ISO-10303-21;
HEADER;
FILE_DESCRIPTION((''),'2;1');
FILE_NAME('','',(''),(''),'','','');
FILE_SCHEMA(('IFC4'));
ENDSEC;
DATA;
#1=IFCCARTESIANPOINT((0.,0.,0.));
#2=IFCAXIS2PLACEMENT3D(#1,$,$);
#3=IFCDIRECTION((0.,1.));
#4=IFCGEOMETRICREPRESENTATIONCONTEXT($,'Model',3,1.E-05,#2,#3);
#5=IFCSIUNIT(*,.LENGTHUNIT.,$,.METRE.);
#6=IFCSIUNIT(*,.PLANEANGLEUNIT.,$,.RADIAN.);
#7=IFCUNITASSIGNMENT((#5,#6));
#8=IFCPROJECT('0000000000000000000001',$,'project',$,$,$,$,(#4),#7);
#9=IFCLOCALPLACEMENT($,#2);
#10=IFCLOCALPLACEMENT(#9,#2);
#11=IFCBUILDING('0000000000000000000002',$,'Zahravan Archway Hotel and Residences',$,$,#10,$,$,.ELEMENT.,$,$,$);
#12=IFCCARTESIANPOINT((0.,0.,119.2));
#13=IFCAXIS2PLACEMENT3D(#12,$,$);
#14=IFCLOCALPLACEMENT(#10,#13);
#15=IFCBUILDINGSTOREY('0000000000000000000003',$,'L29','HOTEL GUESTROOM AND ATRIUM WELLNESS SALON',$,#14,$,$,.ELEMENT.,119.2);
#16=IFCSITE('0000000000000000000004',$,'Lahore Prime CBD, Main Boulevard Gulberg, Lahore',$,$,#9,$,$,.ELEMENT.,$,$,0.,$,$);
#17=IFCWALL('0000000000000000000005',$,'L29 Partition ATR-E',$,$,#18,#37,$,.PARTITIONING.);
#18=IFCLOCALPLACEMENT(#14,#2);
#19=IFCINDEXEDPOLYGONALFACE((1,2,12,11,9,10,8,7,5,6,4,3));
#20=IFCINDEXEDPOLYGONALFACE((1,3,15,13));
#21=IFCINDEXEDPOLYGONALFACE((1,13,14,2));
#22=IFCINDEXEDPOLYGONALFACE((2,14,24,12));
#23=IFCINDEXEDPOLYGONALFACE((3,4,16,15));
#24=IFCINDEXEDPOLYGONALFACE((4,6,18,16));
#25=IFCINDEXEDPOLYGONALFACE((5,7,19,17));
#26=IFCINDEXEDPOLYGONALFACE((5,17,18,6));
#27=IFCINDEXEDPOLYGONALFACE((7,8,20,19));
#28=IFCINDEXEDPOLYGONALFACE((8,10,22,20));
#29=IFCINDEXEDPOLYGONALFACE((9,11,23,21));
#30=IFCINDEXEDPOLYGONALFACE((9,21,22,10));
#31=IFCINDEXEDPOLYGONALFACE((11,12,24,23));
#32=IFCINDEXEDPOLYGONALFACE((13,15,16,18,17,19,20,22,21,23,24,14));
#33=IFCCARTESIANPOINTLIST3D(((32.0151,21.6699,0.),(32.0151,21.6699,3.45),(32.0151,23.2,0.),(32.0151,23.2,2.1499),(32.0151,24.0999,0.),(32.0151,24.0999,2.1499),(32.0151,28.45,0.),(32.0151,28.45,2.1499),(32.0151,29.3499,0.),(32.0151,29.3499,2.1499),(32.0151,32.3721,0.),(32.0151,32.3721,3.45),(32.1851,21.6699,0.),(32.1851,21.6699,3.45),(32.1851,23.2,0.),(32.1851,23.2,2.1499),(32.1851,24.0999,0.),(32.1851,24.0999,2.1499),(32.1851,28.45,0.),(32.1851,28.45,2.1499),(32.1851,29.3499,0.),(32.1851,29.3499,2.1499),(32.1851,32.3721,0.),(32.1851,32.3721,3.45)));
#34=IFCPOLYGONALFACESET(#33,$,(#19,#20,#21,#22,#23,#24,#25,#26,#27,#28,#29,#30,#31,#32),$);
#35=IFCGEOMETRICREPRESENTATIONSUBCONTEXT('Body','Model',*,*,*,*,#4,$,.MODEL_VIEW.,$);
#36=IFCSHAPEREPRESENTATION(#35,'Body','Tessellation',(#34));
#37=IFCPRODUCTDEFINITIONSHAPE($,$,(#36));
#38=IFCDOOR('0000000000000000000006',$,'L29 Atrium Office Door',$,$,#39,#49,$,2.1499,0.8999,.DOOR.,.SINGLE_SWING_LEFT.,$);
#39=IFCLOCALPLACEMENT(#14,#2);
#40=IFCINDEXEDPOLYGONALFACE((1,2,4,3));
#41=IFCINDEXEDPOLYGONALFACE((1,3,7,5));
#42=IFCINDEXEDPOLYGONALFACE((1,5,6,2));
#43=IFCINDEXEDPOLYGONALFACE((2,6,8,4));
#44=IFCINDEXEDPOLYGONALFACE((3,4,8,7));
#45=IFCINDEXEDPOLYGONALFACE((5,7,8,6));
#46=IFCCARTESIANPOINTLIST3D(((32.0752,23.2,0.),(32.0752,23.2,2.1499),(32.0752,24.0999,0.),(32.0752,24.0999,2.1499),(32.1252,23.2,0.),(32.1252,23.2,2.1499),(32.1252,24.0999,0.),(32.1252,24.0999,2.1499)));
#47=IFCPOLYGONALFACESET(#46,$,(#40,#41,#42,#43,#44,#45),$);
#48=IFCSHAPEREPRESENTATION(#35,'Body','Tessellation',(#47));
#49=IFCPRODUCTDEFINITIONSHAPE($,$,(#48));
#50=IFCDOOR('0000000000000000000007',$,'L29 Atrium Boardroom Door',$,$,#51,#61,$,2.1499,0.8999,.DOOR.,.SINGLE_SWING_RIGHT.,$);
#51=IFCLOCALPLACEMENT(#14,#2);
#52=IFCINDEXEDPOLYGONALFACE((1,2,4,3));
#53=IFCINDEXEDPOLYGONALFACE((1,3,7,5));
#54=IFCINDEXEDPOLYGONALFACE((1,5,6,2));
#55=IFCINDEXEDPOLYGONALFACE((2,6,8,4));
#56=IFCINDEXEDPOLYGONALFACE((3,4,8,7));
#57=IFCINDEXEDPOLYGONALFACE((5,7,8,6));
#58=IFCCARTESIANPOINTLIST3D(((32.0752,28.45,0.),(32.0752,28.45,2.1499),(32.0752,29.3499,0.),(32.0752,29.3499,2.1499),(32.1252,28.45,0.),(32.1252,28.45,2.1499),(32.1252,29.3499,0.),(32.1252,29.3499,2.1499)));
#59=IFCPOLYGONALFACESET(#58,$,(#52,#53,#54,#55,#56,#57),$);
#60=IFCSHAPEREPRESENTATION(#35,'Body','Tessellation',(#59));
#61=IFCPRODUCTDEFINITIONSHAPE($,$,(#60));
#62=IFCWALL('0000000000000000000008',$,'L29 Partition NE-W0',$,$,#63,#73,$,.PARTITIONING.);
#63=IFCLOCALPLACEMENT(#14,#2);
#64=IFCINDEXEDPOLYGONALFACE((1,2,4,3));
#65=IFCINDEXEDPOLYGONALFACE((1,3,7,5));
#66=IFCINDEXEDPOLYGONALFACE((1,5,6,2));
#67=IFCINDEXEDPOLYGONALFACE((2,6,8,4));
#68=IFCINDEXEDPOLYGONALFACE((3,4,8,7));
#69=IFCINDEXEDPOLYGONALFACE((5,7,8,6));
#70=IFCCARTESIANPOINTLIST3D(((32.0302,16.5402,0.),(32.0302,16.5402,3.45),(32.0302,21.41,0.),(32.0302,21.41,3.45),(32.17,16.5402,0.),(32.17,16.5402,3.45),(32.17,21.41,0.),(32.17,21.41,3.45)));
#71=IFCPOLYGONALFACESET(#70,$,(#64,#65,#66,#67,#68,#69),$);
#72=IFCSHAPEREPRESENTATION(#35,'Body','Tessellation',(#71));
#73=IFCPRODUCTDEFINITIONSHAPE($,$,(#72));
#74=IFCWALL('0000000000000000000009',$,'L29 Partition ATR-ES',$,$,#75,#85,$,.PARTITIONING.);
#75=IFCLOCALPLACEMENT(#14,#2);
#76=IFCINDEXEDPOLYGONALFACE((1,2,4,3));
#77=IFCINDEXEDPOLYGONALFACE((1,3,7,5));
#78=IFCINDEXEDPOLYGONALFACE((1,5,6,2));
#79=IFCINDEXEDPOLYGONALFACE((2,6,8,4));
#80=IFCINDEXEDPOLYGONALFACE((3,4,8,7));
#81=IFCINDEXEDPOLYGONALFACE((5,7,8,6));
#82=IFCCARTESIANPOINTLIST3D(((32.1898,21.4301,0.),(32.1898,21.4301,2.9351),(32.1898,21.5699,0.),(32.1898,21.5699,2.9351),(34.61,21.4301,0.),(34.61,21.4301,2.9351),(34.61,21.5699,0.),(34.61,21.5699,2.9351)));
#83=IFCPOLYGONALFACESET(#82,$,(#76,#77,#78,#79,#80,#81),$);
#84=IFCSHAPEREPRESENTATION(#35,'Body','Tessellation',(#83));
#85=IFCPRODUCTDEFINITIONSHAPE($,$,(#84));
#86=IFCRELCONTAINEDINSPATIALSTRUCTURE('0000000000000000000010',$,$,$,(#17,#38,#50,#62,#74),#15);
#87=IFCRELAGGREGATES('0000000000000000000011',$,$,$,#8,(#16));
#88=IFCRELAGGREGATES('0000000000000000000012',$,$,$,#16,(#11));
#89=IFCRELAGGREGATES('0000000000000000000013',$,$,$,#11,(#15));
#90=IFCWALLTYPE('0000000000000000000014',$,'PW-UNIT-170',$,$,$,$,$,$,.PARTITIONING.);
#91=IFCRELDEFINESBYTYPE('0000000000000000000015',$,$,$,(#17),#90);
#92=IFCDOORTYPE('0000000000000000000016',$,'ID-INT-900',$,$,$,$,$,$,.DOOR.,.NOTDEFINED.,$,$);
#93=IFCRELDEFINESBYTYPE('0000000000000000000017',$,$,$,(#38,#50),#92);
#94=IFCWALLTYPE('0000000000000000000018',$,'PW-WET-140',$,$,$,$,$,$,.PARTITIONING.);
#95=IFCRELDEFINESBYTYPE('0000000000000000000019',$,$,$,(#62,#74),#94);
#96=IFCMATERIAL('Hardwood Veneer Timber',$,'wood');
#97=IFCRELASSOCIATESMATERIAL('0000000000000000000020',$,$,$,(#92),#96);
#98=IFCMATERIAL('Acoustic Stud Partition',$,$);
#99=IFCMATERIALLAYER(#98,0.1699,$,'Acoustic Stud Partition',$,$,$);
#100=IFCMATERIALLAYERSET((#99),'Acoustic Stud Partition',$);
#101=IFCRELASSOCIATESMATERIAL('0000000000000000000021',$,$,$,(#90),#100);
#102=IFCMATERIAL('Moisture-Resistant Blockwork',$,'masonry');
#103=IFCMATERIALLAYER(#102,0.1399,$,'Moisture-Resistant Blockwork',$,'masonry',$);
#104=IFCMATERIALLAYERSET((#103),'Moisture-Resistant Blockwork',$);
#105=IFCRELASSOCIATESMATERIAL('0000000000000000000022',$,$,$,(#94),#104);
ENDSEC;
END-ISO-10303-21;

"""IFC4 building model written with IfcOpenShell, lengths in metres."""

from ifc_helpers import new_model, si_unit, direction, frame, frame_2d, origin, place, context, subcontext, project, spatial, rectangle, extrude, source, transform, mapped, material, layer, layer_set, type_object, type_shapes, element, fill, save


model = new_model("IFC4")

# Units and contexts
model_context = context("Model", 3, precision=1e-05, world=origin(), true_north=direction((0.0, 1.0)))
body_context = subcontext(model_context, "Body", "Model", "MODEL_VIEW")
ifc_project = project(units=[si_unit("LENGTHUNIT", "METRE"), si_unit("PLANEANGLEUNIT", "RADIAN")], contexts=[model_context])

# Site, building, storey
site_placement = place(None, origin())
site = spatial("IfcSite", under=ifc_project, at=site_placement, Name="Lahore Prime CBD, Main Boulevard Gulberg, Lahore", CompositionType="ELEMENT", RefElevation=0.0)
building_placement = place(site_placement, origin())
building = spatial("IfcBuilding", under=site, at=building_placement, Name="Zahravan Archway Hotel and Residences", CompositionType="ELEMENT")
storey_placement = place(building_placement, frame((0.0, 0.0, 119.2)))
storey = spatial("IfcBuildingStorey", under=building, at=storey_placement, Name="L29", Description="HOTEL GUESTROOM AND ATRIUM WELLNESS SALON", CompositionType="ELEMENT", Elevation=119.2)

# Wall, openings, doors
ifc_material_1 = material(Name="Hardwood Veneer Timber", Category="wood")
door_type_1 = type_object("IfcDoorType", Name="ID-INT-900", OperationType="NOTDEFINED", PredefinedType="DOOR", material=ifc_material_1)
shared_shape_1 = source(origin(), body_context, "Body", "SweptSolid", [
    extrude(rectangle(XDim=0.8999, YDim=2.1499, at=frame_2d((0.45, 1.075))), frame((0.0, 0.0249, 0.0), z_axis=(0.0, -1.0, 0.0), x_axis=(1.0, 0.0, 0.0)), (0.0, 0.0, 1.0), 0.05),
])
type_shapes(door_type_1, [shared_shape_1])
ifc_material_2 = material(Name="Acoustic Stud Partition")
ifc_layer_1 = layer(ifc_material_2, 0.1699, Name="Acoustic Stud Partition")
ifc_layer_set_1 = layer_set([ifc_layer_1], Name="Acoustic Stud Partition")
wall_type_1 = type_object("IfcWallType", Name="PW-UNIT-170", PredefinedType="PARTITIONING", material=ifc_layer_set_1)
wall_1_placement = place(storey_placement, frame((32.1001, 21.6699, 0.0), z_axis=(0.0, 0.0, 1.0), x_axis=(0.0, 1.0, 0.0)))
wall_1 = element("IfcWall", 1, at=wall_1_placement, inside=storey, type_object=wall_type_1, Name="L29 Partition ATR-E", PredefinedType="PARTITIONING", context=body_context, shape_type="SweptSolid", body=[
    extrude(rectangle(XDim=10.7021, YDim=0.1699, at=frame_2d((5.3511, 0.0))), origin(), (0.0, 0.0, 1.0), 3.45),
])
opening_1_placement = place(wall_1_placement, frame((1.53, 0.0, 0.0)))
opening_1 = element("IfcOpeningElement", 2, at=opening_1_placement, cuts=wall_1, PredefinedType="OPENING", context=body_context, shape_type="SweptSolid", body=[
    extrude(rectangle(XDim=0.8999, YDim=2.1499, at=frame_2d((0.45, 1.075))), frame((0.0, 0.095, 0.0), z_axis=(0.0, -1.0, 0.0), x_axis=(1.0, 0.0, 0.0)), (0.0, 0.0, 1.0), 0.1899),
])
opening_2_placement = place(wall_1_placement, frame((6.78, 0.0, 0.0)))
opening_2 = element("IfcOpeningElement", 3, at=opening_2_placement, cuts=wall_1, PredefinedType="OPENING", context=body_context, shape_type="SweptSolid", body=[
    extrude(rectangle(XDim=0.8999, YDim=2.1499, at=frame_2d((0.45, 1.075))), frame((0.0, 0.095, 0.0), z_axis=(0.0, -1.0, 0.0), x_axis=(1.0, 0.0, 0.0)), (0.0, 0.0, 1.0), 0.1899),
])
door_1_placement = place(opening_1_placement, origin())
door_1 = element("IfcDoor", 4, at=door_1_placement, inside=storey, type_object=door_type_1, Name="L29 Atrium Office Door", OperationType="SINGLE_SWING_LEFT", OverallHeight=2.1499, OverallWidth=0.8999, PredefinedType="DOOR", context=body_context, shape_type="MappedRepresentation", body=[
    mapped(shared_shape_1, transform((0.0, 0.0, 0.0), scale=1.0)),
])
fill(opening_1, door_1)
door_2_placement = place(opening_2_placement, origin())
door_2 = element("IfcDoor", 5, at=door_2_placement, inside=storey, type_object=door_type_1, Name="L29 Atrium Boardroom Door", OperationType="SINGLE_SWING_RIGHT", OverallHeight=2.1499, OverallWidth=0.8999, PredefinedType="DOOR", context=body_context, shape_type="MappedRepresentation", body=[
    mapped(shared_shape_1, transform((0.0, 0.0, 0.0), scale=1.0)),
])
fill(opening_2, door_2)

# Walls
ifc_material_3 = material(Name="Moisture-Resistant Blockwork", Category="masonry")
ifc_layer_2 = layer(ifc_material_3, 0.1399, Name="Moisture-Resistant Blockwork", Category="masonry")
ifc_layer_set_2 = layer_set([ifc_layer_2], Name="Moisture-Resistant Blockwork")
wall_type_2 = type_object("IfcWallType", Name="PW-WET-140", PredefinedType="PARTITIONING", material=ifc_layer_set_2)
wall_2_placement = place(storey_placement, frame((32.1001, 16.54, 0.0), z_axis=(0.0, 0.0, 1.0), x_axis=(0.0, 1.0, 0.0)))
element("IfcWall", 6, at=wall_2_placement, inside=storey, type_object=wall_type_2, Name="L29 Partition NE-W0", PredefinedType="PARTITIONING", context=body_context, shape_type="SweptSolid", body=[
    extrude(rectangle(XDim=4.8699, YDim=0.1399, at=frame_2d((2.4351, 0.0))), origin(), (0.0, 0.0, 1.0), 3.45),
])
wall_3_placement = place(storey_placement, frame((32.1899, 21.5, 0.0), z_axis=(0.0, 0.0, 1.0), x_axis=(1.0, 0.0, 0.0)))
element("IfcWall", 7, at=wall_3_placement, inside=storey, type_object=wall_type_2, Name="L29 Partition ATR-ES", PredefinedType="PARTITIONING", context=body_context, shape_type="SweptSolid", body=[
    extrude(rectangle(XDim=2.4202, YDim=0.1399, at=frame_2d((1.21, 0.0))), origin(), (0.0, 0.0, 1.0), 2.9351),
])

save(model, "model.ifc")
